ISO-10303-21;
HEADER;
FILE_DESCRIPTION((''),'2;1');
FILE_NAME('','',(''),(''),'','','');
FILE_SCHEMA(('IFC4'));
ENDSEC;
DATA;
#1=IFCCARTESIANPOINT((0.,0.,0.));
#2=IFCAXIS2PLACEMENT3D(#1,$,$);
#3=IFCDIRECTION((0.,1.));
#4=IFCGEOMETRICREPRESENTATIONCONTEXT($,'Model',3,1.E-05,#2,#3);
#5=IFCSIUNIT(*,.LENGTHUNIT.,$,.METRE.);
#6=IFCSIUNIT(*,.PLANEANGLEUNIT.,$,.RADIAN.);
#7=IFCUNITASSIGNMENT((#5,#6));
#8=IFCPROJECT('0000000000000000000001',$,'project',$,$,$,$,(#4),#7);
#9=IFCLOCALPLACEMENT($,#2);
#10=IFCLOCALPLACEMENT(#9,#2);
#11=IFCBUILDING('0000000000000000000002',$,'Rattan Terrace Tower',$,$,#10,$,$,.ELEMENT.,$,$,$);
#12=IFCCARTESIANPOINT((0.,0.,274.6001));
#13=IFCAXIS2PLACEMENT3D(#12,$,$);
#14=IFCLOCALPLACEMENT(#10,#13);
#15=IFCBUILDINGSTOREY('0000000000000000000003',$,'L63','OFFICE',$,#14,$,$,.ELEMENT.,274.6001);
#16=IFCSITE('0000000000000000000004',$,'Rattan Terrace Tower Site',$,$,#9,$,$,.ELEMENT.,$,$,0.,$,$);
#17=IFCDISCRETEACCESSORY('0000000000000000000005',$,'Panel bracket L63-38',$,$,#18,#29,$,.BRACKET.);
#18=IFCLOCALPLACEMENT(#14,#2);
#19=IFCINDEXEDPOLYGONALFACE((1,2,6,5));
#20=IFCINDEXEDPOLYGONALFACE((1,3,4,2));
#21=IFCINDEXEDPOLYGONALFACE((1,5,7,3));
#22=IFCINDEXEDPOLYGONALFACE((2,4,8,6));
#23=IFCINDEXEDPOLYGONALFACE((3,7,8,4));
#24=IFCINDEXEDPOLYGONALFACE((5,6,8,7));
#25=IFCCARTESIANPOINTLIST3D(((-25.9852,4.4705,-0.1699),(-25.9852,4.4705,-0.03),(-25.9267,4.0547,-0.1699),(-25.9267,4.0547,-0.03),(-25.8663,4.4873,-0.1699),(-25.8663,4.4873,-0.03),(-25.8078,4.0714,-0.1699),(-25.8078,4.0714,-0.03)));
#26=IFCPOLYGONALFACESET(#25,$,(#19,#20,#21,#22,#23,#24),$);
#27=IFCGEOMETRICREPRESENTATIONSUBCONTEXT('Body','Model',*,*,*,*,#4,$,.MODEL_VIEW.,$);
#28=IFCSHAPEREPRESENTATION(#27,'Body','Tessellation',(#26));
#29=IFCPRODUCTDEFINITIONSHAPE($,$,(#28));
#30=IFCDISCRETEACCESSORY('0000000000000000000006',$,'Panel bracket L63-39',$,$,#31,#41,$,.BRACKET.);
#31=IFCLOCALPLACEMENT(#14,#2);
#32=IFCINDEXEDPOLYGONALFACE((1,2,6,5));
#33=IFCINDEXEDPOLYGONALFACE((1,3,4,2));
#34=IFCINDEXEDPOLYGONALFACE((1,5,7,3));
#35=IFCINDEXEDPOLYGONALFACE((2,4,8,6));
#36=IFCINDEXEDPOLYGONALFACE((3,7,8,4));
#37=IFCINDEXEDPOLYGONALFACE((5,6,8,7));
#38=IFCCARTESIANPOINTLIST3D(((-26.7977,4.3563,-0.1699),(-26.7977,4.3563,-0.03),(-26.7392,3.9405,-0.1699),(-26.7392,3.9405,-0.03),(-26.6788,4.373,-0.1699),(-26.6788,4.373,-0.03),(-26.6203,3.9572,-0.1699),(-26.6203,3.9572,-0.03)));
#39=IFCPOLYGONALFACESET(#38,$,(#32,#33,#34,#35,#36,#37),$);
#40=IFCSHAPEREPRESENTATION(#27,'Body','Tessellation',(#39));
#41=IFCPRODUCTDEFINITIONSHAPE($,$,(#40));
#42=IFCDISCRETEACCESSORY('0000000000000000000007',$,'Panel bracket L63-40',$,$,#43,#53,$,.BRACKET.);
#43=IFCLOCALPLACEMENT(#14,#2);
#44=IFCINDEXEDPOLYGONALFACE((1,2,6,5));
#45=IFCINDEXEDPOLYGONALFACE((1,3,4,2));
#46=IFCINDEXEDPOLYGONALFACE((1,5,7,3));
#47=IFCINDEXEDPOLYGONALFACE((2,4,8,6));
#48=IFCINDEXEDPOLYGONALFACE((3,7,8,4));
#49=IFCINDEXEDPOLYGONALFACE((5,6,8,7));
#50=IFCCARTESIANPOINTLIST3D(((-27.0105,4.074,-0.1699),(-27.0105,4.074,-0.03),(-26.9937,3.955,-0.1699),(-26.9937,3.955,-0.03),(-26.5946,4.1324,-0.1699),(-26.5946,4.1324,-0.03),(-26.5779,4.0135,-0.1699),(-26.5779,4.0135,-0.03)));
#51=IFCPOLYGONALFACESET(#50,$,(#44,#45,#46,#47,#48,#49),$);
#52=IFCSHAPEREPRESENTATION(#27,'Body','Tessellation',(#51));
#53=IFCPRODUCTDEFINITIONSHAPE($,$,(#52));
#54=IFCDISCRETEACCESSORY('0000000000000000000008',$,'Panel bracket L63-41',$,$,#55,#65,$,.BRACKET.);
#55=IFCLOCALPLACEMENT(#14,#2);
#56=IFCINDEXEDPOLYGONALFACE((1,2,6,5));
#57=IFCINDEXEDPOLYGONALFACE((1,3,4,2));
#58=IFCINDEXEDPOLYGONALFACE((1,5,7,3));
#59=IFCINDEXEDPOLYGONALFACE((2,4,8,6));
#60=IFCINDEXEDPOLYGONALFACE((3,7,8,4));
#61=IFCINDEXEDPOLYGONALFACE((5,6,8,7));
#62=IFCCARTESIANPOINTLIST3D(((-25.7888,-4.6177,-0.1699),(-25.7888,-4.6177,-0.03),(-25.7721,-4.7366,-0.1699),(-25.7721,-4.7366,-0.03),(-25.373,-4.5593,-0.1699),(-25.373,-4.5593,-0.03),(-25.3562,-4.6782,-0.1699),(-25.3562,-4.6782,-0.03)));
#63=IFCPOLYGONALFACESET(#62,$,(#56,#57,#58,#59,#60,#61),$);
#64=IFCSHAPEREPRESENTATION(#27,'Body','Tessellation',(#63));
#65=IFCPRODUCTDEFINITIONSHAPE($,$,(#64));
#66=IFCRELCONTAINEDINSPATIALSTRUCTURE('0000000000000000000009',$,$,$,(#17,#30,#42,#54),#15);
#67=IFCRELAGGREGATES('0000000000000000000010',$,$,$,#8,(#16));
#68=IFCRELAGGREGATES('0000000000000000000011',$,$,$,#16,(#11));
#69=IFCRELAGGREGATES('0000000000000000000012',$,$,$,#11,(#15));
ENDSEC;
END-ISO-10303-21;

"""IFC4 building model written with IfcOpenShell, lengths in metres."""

from ifc_helpers import new_model, si_unit, direction, frame, origin, origin_2d, place, context, subcontext, project, spatial, rectangle, extrude, element, save


model = new_model("IFC4")

# Units and contexts
model_context = context("Model", 3, precision=1e-05, world=origin(), true_north=direction((0.0, 1.0)))
body_context = subcontext(model_context, "Body", "Model", "MODEL_VIEW")
ifc_project = project(units=[si_unit("LENGTHUNIT", "METRE"), si_unit("PLANEANGLEUNIT", "RADIAN")], contexts=[model_context])

# Site, building, storey
site_placement = place(None, origin())
site = spatial("IfcSite", under=ifc_project, at=site_placement, Name="Rattan Terrace Tower Site", CompositionType="ELEMENT", RefElevation=0.0)
building_placement = place(site_placement, origin())
building = spatial("IfcBuilding", under=site, at=building_placement, Name="Rattan Terrace Tower", CompositionType="ELEMENT")
storey_placement = place(building_placement, frame((0.0, 0.0, 274.6001)))
storey = spatial("IfcBuildingStorey", under=building, at=storey_placement, Name="L63", Description="OFFICE", CompositionType="ELEMENT", Elevation=274.6001)

# Discrete accessories
for number, where, z_axis, x_axis, name in (
    (1, (-25.8965, 4.271, -0.1699), (0.0, 0.0, 1.0), (-0.990254, -0.139275, 0.0), "Panel bracket L63-38"),
    (2, (-26.709, 4.1567, -0.1699), (0.0, 0.0, 1.0), (-0.990254, -0.139275, 0.0), "Panel bracket L63-39"),
    (3, (-26.7942, 4.0437, -0.1699), (0.0, 0.0, 1.0), (0.139192, -0.990265, 0.0), "Panel bracket L63-40"),
    (4, (-25.5725, -4.6479, -0.1699), (0.0, 0.0, 1.0), (0.139192, -0.990265, 0.0), "Panel bracket L63-41"),
):
    element("IfcDiscreteAccessory", number, at=place(storey_placement, frame(where, z_axis=z_axis, x_axis=x_axis)), inside=storey, Name=name, PredefinedType="BRACKET", context=body_context, shape_type="SweptSolid", body=[
        extrude(rectangle(XDim=0.1201, YDim=0.4199, at=origin_2d()), origin(), (0.0, 0.0, 1.0), 0.1399),
    ])

save(model, "model.ifc")
